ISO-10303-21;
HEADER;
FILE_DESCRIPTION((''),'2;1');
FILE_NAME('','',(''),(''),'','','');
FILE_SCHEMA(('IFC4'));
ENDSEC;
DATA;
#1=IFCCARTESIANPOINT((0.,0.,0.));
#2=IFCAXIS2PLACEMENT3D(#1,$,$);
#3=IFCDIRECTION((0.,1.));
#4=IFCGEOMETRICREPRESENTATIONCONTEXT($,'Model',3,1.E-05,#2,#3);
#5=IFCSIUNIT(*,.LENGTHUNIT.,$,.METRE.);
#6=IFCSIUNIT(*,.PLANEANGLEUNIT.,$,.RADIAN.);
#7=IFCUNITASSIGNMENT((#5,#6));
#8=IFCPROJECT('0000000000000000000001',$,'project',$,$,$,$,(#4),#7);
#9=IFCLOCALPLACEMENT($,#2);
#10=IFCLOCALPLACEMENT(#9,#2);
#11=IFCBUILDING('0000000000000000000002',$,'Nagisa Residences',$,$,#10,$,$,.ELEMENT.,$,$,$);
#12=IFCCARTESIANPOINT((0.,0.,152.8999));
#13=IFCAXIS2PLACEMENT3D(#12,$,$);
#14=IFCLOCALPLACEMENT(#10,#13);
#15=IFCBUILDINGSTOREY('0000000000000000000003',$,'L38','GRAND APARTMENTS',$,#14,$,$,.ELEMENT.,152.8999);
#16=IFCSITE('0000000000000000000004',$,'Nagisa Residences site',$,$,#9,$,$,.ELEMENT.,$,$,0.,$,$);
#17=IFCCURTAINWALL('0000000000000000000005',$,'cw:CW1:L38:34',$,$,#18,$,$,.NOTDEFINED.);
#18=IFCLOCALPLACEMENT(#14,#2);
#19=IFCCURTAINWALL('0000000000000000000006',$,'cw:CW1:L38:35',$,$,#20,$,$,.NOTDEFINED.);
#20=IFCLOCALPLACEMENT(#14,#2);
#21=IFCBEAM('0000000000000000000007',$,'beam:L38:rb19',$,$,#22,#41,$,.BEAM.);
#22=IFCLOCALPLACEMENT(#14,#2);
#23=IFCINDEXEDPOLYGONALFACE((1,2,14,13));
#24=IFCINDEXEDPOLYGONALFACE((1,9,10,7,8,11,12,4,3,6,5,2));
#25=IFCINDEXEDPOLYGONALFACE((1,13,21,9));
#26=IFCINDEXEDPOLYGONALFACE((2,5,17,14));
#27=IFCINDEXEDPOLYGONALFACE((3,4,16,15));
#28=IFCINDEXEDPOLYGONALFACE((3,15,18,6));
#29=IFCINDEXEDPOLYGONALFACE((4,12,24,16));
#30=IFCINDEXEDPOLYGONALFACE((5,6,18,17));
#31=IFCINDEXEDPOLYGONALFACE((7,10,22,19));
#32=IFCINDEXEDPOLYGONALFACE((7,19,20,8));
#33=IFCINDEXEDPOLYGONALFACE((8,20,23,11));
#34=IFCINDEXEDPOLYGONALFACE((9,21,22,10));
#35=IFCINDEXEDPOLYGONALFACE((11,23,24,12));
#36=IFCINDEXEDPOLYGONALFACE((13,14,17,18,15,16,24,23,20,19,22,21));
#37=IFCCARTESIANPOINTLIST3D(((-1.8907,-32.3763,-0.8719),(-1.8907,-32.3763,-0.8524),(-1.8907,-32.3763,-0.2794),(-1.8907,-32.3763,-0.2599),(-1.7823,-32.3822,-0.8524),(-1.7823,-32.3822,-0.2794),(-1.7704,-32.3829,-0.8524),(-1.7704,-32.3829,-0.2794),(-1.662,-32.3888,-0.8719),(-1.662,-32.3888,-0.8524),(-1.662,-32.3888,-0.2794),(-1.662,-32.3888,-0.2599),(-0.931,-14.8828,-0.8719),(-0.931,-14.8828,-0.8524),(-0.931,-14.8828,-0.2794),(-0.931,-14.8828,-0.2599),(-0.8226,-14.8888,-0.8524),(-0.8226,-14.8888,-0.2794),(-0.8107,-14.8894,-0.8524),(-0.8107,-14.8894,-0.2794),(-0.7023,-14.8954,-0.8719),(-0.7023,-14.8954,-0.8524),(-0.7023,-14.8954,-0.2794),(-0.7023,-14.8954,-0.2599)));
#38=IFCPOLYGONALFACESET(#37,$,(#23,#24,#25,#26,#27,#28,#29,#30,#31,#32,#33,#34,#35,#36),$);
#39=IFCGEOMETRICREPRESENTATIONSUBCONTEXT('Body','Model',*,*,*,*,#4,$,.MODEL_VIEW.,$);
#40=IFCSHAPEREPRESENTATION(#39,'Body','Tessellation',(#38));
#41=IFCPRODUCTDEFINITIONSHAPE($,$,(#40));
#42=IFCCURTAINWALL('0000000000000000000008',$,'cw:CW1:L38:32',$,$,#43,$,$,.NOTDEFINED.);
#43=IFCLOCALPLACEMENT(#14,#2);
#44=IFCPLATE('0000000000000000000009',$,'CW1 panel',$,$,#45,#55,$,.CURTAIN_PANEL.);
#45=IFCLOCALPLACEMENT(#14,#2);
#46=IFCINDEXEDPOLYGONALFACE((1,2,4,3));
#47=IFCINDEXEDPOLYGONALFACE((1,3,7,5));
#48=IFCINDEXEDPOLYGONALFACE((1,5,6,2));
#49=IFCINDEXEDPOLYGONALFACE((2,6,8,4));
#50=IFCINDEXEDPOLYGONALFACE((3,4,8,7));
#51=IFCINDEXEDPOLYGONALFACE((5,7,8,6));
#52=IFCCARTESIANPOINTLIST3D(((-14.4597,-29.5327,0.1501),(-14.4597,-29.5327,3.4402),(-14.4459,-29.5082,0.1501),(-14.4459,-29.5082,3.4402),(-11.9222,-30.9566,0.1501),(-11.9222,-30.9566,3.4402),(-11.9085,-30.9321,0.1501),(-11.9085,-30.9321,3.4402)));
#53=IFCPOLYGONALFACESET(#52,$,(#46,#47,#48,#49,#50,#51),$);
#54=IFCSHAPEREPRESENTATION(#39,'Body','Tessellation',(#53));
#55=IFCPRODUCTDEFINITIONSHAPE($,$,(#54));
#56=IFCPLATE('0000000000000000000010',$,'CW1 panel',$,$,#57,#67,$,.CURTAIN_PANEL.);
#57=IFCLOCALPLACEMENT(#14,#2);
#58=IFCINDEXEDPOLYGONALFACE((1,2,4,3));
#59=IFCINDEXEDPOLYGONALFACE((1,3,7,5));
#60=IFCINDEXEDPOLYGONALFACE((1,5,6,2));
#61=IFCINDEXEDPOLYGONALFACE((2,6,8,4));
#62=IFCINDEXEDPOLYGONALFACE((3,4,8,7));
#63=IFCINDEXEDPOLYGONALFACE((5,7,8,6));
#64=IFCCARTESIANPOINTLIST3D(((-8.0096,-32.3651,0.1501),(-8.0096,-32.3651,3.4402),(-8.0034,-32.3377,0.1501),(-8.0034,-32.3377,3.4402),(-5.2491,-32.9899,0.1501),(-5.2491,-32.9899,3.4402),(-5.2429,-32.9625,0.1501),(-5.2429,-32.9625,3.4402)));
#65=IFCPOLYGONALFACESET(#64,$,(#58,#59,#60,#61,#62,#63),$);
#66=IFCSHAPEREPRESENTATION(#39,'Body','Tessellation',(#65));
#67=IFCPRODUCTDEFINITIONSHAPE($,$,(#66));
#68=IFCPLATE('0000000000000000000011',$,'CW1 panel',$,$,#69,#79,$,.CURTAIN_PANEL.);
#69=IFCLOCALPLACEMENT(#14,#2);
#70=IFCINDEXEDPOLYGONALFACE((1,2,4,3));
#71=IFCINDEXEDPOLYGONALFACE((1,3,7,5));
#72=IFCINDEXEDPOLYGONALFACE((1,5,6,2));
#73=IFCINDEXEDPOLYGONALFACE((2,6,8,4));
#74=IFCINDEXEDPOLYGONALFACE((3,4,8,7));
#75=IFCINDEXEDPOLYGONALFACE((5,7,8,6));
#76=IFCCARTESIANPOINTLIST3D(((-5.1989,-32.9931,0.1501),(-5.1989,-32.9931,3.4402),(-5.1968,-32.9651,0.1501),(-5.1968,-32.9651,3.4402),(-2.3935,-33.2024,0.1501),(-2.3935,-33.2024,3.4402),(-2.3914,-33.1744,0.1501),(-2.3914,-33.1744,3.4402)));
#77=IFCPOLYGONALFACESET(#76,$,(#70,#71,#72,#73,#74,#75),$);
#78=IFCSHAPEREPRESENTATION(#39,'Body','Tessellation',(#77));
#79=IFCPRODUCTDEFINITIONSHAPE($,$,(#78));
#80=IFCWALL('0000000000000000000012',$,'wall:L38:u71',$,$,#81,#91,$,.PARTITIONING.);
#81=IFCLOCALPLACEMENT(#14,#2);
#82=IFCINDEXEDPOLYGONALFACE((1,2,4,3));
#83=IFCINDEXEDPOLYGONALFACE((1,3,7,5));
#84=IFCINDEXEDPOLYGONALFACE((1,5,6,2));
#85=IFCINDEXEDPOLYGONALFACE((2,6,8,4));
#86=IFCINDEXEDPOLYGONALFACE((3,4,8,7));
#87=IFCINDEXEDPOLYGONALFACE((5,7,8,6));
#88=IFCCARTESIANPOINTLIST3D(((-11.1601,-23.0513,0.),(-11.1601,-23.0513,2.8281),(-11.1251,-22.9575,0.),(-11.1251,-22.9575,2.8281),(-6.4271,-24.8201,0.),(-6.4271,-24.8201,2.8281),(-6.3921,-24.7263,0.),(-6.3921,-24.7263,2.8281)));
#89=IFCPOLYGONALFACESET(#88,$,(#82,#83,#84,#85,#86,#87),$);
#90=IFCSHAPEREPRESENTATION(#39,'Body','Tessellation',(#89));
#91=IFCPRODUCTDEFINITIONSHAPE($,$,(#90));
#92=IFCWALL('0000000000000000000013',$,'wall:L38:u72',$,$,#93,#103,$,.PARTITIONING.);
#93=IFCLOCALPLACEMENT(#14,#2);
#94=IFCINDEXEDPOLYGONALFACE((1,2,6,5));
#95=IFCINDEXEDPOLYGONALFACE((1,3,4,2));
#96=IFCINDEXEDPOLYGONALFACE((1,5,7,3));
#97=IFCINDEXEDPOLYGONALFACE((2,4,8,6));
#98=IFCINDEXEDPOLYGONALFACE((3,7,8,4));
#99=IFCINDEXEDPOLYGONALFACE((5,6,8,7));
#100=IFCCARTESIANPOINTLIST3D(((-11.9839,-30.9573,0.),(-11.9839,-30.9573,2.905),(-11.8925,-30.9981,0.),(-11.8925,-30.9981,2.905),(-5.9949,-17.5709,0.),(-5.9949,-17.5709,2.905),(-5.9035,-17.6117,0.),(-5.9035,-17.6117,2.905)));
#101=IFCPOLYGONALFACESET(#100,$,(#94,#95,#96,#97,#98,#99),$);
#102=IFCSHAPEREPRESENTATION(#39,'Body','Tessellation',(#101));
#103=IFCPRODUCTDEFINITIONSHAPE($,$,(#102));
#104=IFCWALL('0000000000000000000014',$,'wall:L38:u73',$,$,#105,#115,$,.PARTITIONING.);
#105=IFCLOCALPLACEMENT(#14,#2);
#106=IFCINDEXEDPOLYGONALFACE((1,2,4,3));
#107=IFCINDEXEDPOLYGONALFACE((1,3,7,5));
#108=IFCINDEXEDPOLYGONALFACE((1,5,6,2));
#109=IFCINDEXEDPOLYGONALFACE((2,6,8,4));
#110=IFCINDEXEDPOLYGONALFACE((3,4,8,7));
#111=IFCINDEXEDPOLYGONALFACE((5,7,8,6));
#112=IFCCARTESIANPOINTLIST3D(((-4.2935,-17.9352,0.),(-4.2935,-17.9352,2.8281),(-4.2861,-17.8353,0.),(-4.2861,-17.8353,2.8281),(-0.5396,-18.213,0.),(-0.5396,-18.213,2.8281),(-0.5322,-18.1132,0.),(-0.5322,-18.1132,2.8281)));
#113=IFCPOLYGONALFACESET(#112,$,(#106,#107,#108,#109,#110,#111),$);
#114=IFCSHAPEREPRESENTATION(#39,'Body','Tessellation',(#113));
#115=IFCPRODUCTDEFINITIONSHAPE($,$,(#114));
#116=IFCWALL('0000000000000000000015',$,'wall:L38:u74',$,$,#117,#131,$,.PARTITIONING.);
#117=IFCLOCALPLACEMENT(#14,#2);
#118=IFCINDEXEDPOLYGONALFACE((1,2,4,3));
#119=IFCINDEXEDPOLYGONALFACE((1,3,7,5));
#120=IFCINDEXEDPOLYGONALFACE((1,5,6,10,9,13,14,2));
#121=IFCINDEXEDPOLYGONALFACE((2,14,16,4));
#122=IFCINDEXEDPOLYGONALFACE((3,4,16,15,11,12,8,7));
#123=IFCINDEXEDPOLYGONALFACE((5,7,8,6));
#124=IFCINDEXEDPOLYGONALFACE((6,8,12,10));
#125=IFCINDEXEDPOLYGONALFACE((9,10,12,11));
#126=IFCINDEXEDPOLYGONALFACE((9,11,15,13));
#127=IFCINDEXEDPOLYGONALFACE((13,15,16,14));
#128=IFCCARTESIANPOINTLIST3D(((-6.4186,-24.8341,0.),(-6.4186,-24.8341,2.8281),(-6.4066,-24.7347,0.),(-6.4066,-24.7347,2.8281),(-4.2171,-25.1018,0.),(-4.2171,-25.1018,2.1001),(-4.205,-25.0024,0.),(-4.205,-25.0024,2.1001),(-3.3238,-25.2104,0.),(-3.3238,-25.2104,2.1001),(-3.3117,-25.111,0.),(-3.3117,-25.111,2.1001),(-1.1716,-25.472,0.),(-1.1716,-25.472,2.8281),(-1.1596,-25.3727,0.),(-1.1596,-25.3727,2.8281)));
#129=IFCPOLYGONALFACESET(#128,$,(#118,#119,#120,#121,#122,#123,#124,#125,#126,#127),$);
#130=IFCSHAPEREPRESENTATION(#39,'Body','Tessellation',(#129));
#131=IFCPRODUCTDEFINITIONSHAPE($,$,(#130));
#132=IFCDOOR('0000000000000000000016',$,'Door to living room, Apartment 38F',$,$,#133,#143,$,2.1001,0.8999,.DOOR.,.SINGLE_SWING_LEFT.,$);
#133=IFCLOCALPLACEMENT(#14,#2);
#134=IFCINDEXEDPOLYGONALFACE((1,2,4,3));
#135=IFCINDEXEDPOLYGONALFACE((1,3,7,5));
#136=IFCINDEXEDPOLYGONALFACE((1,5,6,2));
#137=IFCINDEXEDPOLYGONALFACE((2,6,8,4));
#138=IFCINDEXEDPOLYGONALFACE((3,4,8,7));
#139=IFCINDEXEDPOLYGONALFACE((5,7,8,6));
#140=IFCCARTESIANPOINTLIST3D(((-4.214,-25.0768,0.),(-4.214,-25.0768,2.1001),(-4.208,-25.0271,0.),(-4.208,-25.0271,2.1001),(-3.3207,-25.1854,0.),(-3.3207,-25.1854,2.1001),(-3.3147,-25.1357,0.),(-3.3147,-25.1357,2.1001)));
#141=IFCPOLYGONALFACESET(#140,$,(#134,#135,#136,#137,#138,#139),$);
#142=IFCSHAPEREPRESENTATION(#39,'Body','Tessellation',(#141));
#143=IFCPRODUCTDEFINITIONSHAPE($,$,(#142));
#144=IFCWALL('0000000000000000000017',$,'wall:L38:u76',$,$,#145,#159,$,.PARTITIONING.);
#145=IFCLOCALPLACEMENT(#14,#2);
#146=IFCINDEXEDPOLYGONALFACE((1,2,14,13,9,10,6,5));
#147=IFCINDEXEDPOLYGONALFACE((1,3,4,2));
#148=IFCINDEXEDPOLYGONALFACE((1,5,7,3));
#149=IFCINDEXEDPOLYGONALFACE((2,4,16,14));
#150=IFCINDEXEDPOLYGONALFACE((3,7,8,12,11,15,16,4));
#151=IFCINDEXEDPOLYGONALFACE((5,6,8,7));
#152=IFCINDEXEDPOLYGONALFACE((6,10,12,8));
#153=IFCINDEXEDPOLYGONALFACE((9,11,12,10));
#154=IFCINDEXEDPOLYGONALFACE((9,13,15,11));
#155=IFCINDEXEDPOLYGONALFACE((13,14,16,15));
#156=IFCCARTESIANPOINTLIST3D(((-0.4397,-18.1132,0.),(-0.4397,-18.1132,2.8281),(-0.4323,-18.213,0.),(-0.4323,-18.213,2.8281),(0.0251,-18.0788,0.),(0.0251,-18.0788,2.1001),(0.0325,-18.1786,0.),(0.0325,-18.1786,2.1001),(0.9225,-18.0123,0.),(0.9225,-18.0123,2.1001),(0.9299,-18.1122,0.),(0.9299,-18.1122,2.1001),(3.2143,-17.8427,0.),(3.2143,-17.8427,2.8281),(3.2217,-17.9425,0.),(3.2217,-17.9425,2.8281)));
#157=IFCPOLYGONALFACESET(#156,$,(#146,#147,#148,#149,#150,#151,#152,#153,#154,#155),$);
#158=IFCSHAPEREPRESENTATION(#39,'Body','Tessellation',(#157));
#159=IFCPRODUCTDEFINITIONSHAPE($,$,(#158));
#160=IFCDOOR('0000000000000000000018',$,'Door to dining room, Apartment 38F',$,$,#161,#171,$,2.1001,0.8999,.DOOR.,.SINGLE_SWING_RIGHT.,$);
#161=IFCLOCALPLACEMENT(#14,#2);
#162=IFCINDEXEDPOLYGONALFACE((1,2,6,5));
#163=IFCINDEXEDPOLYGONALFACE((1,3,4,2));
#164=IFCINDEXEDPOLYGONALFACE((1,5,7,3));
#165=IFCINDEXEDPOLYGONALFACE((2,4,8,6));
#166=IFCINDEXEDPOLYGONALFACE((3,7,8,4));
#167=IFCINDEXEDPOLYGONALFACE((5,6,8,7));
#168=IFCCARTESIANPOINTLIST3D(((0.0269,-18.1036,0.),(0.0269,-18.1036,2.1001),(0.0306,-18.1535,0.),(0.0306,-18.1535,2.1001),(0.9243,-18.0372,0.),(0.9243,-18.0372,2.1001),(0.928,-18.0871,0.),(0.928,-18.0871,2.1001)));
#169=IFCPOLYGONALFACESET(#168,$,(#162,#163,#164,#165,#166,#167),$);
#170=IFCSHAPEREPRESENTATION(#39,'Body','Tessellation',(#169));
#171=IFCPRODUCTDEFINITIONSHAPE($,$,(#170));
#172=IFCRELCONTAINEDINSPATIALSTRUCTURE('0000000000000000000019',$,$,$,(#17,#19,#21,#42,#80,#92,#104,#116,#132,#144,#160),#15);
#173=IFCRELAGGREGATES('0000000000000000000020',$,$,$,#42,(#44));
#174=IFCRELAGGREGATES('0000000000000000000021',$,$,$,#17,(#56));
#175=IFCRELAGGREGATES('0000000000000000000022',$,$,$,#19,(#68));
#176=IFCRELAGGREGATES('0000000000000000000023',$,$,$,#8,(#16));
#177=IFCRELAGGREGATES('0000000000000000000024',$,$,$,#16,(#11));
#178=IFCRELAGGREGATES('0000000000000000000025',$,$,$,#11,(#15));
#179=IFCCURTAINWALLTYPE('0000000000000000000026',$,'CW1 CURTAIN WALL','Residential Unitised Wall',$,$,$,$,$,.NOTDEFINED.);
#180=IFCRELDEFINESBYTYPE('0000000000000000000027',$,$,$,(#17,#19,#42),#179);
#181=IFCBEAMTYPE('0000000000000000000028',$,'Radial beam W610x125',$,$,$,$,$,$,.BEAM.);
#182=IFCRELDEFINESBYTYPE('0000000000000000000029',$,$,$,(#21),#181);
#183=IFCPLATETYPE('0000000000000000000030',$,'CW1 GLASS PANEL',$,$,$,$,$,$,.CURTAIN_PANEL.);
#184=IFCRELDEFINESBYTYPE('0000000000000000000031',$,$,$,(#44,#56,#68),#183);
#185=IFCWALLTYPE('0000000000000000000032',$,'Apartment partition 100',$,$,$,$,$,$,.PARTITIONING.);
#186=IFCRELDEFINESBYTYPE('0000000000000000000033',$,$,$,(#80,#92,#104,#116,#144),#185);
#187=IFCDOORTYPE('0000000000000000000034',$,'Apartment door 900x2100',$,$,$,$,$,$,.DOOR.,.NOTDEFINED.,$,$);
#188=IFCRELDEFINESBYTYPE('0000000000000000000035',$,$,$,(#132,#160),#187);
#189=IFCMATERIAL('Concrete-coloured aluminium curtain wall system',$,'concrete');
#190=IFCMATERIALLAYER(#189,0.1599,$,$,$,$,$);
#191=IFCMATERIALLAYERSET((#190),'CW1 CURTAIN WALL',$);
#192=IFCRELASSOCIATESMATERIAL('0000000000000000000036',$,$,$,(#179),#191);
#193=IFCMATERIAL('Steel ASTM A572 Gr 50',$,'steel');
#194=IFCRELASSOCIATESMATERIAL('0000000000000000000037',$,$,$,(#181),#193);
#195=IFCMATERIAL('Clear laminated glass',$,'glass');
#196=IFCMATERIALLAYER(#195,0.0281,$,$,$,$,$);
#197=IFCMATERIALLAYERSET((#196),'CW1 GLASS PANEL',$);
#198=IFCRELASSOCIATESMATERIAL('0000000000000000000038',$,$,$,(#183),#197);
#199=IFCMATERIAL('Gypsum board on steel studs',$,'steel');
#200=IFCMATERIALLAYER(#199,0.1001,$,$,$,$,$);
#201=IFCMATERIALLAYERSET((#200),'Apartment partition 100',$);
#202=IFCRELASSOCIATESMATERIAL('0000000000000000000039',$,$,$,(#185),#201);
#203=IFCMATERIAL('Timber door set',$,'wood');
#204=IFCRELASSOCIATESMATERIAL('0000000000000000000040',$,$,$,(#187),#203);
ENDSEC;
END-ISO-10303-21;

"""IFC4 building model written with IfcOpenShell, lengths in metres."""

from ifc_helpers import new_model, si_unit, direction, frame, frame_2d, origin, origin_2d, place, context, subcontext, project, spatial, rectangle, i_section, extrude, material, layer, layer_set, material_profile, profile_set, type_object, element, fill, aggregate, save


model = new_model("IFC4")

# Units and contexts
model_context = context("Model", 3, precision=1e-05, world=origin(), true_north=direction((0.0, 1.0)))
body_context = subcontext(model_context, "Body", "Model", "MODEL_VIEW")
ifc_project = project(units=[si_unit("LENGTHUNIT", "METRE"), si_unit("PLANEANGLEUNIT", "RADIAN")], contexts=[model_context])

# Site, building, storey
site_placement = place(None, origin())
site = spatial("IfcSite", under=ifc_project, at=site_placement, Name="Nagisa Residences site", CompositionType="ELEMENT", RefElevation=0.0)
building_placement = place(site_placement, origin())
building = spatial("IfcBuilding", under=site, at=building_placement, Name="Nagisa Residences", CompositionType="ELEMENT")
storey_placement = place(building_placement, frame((0.0, 0.0, 152.8999)))
storey = spatial("IfcBuildingStorey", under=building, at=storey_placement, Name="L38", Description="GRAND APARTMENTS", CompositionType="ELEMENT", Elevation=152.8999)

# Curtain walls
ifc_material_1 = material(Name="Concrete-coloured aluminium curtain wall system", Category="concrete")
ifc_layer_1 = layer(ifc_material_1, 0.1599)
ifc_layer_set_1 = layer_set([ifc_layer_1], Name="CW1 CURTAIN WALL")
curtain_wall_type = type_object("IfcCurtainWallType", Name="CW1 CURTAIN WALL", Description="Residential Unitised Wall", PredefinedType="NOTDEFINED", material=ifc_layer_set_1)
curtain_wall_1_placement = place(storey_placement, origin())
curtain_wall_1 = element("IfcCurtainWall", 1, at=curtain_wall_1_placement, inside=storey, type_object=curtain_wall_type, Name="cw:CW1:L38:34", PredefinedType="NOTDEFINED")
curtain_wall_2_placement = place(storey_placement, origin())
curtain_wall_2 = element("IfcCurtainWall", 2, at=curtain_wall_2_placement, inside=storey, type_object=curtain_wall_type, Name="cw:CW1:L38:35", PredefinedType="NOTDEFINED")

# Beam
ifc_material_2 = material(Name="Steel ASTM A572 Gr 50", Category="steel")
ifc_material_profile_1 = material_profile(ifc_material_2, i_section(OverallWidth=0.229, OverallDepth=0.6121, WebThickness=0.012, FlangeThickness=0.0195, at=origin_2d()), Name="W610x125")
ifc_profile_set_1 = profile_set([ifc_material_profile_1], Name="Steel ASTM A572 Gr 50")
beam_type_1 = type_object("IfcBeamType", Name="Radial beam W610x125", PredefinedType="BEAM", material=ifc_profile_set_1)
beam_1_placement = place(storey_placement, frame((-1.7764, -32.3826, -0.5659), z_axis=(0.054779, 0.998498, 0.0), x_axis=(-0.998498, 0.054779, 0.0)))
element("IfcBeam", 3, at=beam_1_placement, inside=storey, type_object=beam_type_1, Name="beam:L38:rb19", PredefinedType="BEAM", context=body_context, shape_type="SweptSolid", body=[
    extrude(i_section(OverallWidth=0.229, OverallDepth=0.6121, WebThickness=0.012, FlangeThickness=0.0195, at=origin_2d()), origin(), (0.0, 0.0, 1.0), 17.5198),
])

# Curtain wall, plate
curtain_wall_3_placement = place(storey_placement, origin())
curtain_wall_3 = element("IfcCurtainWall", 4, at=curtain_wall_3_placement, inside=storey, type_object=curtain_wall_type, Name="cw:CW1:L38:32", PredefinedType="NOTDEFINED")
ifc_material_3 = material(Name="Clear laminated glass", Category="glass")
ifc_layer_2 = layer(ifc_material_3, 0.0281)
ifc_layer_set_2 = layer_set([ifc_layer_2], Name="CW1 GLASS PANEL")
plate_type = type_object("IfcPlateType", Name="CW1 GLASS PANEL", PredefinedType="CURTAIN_PANEL", material=ifc_layer_set_2)
plate_1_placement = place(storey_placement, frame((-13.1841, -30.2324, 0.1501), z_axis=(0.0, 0.0, 1.0), x_axis=(0.872072, -0.489377, 0.0)))
plate_1 = element("IfcPlate", 5, at=plate_1_placement, type_object=plate_type, Name="CW1 panel", PredefinedType="CURTAIN_PANEL", context=body_context, shape_type="SweptSolid", body=[
    extrude(rectangle(XDim=2.9097, YDim=0.0281, at=origin_2d()), origin(), (0.0, 0.0, 1.0), 3.29),
])
aggregate(curtain_wall_3, [plate_1])

# Plates
plate_2_placement = place(storey_placement, frame((-6.6262, -32.6638, 0.1501), z_axis=(0.0, 0.0, 1.0), x_axis=(0.975327, -0.220764, 0.0)))
plate_2 = element("IfcPlate", 6, at=plate_2_placement, type_object=plate_type, Name="CW1 panel", PredefinedType="CURTAIN_PANEL", context=body_context, shape_type="SweptSolid", body=[
    extrude(rectangle(XDim=2.8303, YDim=0.0281, at=origin_2d()), origin(), (0.0, 0.0, 1.0), 3.29),
])
aggregate(curtain_wall_1, [plate_2])
plate_3_placement = place(storey_placement, frame((-3.7952, -33.0837, 0.1501), z_axis=(0.0, 0.0, 1.0), x_axis=(0.99723, -0.074377, 0.0)))
plate_3 = element("IfcPlate", 7, at=plate_3_placement, type_object=plate_type, Name="CW1 panel", PredefinedType="CURTAIN_PANEL", context=body_context, shape_type="SweptSolid", body=[
    extrude(rectangle(XDim=2.8132, YDim=0.0281, at=origin_2d()), origin(), (0.0, 0.0, 1.0), 3.29),
])
aggregate(curtain_wall_2, [plate_3])

# Walls
ifc_material_4 = material(Name="Gypsum board on steel studs", Category="steel")
ifc_layer_3 = layer(ifc_material_4, 0.1001)
ifc_layer_set_3 = layer_set([ifc_layer_3], Name="Apartment partition 100")
wall_type_1 = type_object("IfcWallType", Name="Apartment partition 100", PredefinedType="PARTITIONING", material=ifc_layer_set_3)
wall_1_placement = place(storey_placement, frame((-11.1426, -23.0044, 0.0), z_axis=(0.0, 0.0, 1.0), x_axis=(0.936722, -0.350075, 0.0)))
element("IfcWall", 8, at=wall_1_placement, inside=storey, type_object=wall_type_1, Name="wall:L38:u71", PredefinedType="PARTITIONING", context=body_context, shape_type="SweptSolid", body=[
    extrude(rectangle(XDim=5.0527, YDim=0.1001, at=frame_2d((2.5264, 0.0))), origin(), (0.0, 0.0, 1.0), 2.8281),
])
wall_2_placement = place(storey_placement, frame((-5.9492, -17.5913, 0.0), z_axis=(0.0, 0.0, 1.0), x_axis=(-0.408385, -0.91281, 0.0)))
element("IfcWall", 9, at=wall_2_placement, inside=storey, type_object=wall_type_1, Name="wall:L38:u72", PredefinedType="PARTITIONING", context=body_context, shape_type="SweptSolid", body=[
    extrude(rectangle(XDim=14.665, YDim=0.1001, at=frame_2d((7.3325, 0.0))), origin(), (0.0, 0.0, 1.0), 2.905),
])
wall_3_placement = place(storey_placement, frame((-4.2898, -17.8853, 0.0), z_axis=(0.0, 0.0, 1.0), x_axis=(0.997272, -0.07381, 0.0)))
element("IfcWall", 10, at=wall_3_placement, inside=storey, type_object=wall_type_1, Name="wall:L38:u73", PredefinedType="PARTITIONING", context=body_context, shape_type="SweptSolid", body=[
    extrude(rectangle(XDim=3.7642, YDim=0.1001, at=frame_2d((1.8821, 0.0))), origin(), (0.0, 0.0, 1.0), 2.8281),
])

# Walls, openings, doors
wall_4_placement = place(storey_placement, frame((-6.4126, -24.7844, 0.0), z_axis=(0.0, 0.0, 1.0), x_axis=(0.99269, -0.120691, 0.0)))
wall_4 = element("IfcWall", 11, at=wall_4_placement, inside=storey, type_object=wall_type_1, Name="wall:L38:u74", PredefinedType="PARTITIONING", context=body_context, shape_type="SweptSolid", body=[
    extrude(rectangle(XDim=5.2856, YDim=0.1001, at=frame_2d((2.6428, 0.0))), origin(), (0.0, 0.0, 1.0), 2.8281),
])
opening_1_placement = place(wall_4_placement, frame((2.2178, 0.0, 0.0)))
opening_1 = element("IfcOpeningElement", 12, at=opening_1_placement, cuts=wall_4, PredefinedType="OPENING", context=body_context, shape_type="SweptSolid", body=[
    extrude(rectangle(XDim=0.8999, YDim=2.1001, at=frame_2d((0.45, 1.05))), frame((0.0, 0.0601, 0.0), z_axis=(0.0, -1.0, 0.0), x_axis=(1.0, 0.0, 0.0)), (0.0, 0.0, 1.0), 0.1201),
])
ifc_material_5 = material(Name="Timber door set", Category="wood")
door_type_1 = type_object("IfcDoorType", Name="Apartment door 900x2100", OperationType="NOTDEFINED", PredefinedType="DOOR", material=ifc_material_5)
door_1_placement = place(opening_1_placement, frame((0.8999, 0.0, 0.0), x_axis=(-1.0, 0.0, 0.0)))
door_1 = element("IfcDoor", 13, at=door_1_placement, inside=storey, type_object=door_type_1, Name="Door to living room, Apartment 38F", OperationType="SINGLE_SWING_LEFT", OverallHeight=2.1001, OverallWidth=0.8999, PredefinedType="DOOR", context=body_context, shape_type="SweptSolid", body=[
    extrude(rectangle(XDim=0.8999, YDim=2.1001, at=frame_2d((0.45, 1.05))), frame((0.0, 0.0249, 0.0), z_axis=(0.0, -1.0, 0.0), x_axis=(1.0, 0.0, 0.0)), (0.0, 0.0, 1.0), 0.05),
])
fill(opening_1, door_1)
wall_5_placement = place(storey_placement, frame((-0.436, -18.1631, 0.0), z_axis=(0.0, 0.0, 1.0), x_axis=(0.997271, 0.073828, 0.0)))
wall_5 = element("IfcWall", 14, at=wall_5_placement, inside=storey, type_object=wall_type_1, Name="wall:L38:u76", PredefinedType="PARTITIONING", context=body_context, shape_type="SweptSolid", body=[
    extrude(rectangle(XDim=3.6641, YDim=0.1001, at=frame_2d((1.832, 0.0))), origin(), (0.0, 0.0, 1.0), 2.8281),
])
opening_2_placement = place(wall_5_placement, frame((0.4661, 0.0, 0.0)))
opening_2 = element("IfcOpeningElement", 15, at=opening_2_placement, cuts=wall_5, PredefinedType="OPENING", context=body_context, shape_type="SweptSolid", body=[
    extrude(rectangle(XDim=0.8999, YDim=2.1001, at=frame_2d((0.45, 1.05))), frame((0.0, 0.0601, 0.0), z_axis=(0.0, -1.0, 0.0), x_axis=(1.0, 0.0, 0.0)), (0.0, 0.0, 1.0), 0.1201),
])
door_2_placement = place(opening_2_placement, frame((0.8999, 0.0, 0.0), x_axis=(-1.0, 0.0, 0.0)))
door_2 = element("IfcDoor", 16, at=door_2_placement, inside=storey, type_object=door_type_1, Name="Door to dining room, Apartment 38F", OperationType="SINGLE_SWING_RIGHT", OverallHeight=2.1001, OverallWidth=0.8999, PredefinedType="DOOR", context=body_context, shape_type="SweptSolid", body=[
    extrude(rectangle(XDim=0.8999, YDim=2.1001, at=frame_2d((0.45, 1.05))), frame((0.0, 0.0249, 0.0), z_axis=(0.0, -1.0, 0.0), x_axis=(1.0, 0.0, 0.0)), (0.0, 0.0, 1.0), 0.05),
])
fill(opening_2, door_2)

save(model, "model.ifc")
